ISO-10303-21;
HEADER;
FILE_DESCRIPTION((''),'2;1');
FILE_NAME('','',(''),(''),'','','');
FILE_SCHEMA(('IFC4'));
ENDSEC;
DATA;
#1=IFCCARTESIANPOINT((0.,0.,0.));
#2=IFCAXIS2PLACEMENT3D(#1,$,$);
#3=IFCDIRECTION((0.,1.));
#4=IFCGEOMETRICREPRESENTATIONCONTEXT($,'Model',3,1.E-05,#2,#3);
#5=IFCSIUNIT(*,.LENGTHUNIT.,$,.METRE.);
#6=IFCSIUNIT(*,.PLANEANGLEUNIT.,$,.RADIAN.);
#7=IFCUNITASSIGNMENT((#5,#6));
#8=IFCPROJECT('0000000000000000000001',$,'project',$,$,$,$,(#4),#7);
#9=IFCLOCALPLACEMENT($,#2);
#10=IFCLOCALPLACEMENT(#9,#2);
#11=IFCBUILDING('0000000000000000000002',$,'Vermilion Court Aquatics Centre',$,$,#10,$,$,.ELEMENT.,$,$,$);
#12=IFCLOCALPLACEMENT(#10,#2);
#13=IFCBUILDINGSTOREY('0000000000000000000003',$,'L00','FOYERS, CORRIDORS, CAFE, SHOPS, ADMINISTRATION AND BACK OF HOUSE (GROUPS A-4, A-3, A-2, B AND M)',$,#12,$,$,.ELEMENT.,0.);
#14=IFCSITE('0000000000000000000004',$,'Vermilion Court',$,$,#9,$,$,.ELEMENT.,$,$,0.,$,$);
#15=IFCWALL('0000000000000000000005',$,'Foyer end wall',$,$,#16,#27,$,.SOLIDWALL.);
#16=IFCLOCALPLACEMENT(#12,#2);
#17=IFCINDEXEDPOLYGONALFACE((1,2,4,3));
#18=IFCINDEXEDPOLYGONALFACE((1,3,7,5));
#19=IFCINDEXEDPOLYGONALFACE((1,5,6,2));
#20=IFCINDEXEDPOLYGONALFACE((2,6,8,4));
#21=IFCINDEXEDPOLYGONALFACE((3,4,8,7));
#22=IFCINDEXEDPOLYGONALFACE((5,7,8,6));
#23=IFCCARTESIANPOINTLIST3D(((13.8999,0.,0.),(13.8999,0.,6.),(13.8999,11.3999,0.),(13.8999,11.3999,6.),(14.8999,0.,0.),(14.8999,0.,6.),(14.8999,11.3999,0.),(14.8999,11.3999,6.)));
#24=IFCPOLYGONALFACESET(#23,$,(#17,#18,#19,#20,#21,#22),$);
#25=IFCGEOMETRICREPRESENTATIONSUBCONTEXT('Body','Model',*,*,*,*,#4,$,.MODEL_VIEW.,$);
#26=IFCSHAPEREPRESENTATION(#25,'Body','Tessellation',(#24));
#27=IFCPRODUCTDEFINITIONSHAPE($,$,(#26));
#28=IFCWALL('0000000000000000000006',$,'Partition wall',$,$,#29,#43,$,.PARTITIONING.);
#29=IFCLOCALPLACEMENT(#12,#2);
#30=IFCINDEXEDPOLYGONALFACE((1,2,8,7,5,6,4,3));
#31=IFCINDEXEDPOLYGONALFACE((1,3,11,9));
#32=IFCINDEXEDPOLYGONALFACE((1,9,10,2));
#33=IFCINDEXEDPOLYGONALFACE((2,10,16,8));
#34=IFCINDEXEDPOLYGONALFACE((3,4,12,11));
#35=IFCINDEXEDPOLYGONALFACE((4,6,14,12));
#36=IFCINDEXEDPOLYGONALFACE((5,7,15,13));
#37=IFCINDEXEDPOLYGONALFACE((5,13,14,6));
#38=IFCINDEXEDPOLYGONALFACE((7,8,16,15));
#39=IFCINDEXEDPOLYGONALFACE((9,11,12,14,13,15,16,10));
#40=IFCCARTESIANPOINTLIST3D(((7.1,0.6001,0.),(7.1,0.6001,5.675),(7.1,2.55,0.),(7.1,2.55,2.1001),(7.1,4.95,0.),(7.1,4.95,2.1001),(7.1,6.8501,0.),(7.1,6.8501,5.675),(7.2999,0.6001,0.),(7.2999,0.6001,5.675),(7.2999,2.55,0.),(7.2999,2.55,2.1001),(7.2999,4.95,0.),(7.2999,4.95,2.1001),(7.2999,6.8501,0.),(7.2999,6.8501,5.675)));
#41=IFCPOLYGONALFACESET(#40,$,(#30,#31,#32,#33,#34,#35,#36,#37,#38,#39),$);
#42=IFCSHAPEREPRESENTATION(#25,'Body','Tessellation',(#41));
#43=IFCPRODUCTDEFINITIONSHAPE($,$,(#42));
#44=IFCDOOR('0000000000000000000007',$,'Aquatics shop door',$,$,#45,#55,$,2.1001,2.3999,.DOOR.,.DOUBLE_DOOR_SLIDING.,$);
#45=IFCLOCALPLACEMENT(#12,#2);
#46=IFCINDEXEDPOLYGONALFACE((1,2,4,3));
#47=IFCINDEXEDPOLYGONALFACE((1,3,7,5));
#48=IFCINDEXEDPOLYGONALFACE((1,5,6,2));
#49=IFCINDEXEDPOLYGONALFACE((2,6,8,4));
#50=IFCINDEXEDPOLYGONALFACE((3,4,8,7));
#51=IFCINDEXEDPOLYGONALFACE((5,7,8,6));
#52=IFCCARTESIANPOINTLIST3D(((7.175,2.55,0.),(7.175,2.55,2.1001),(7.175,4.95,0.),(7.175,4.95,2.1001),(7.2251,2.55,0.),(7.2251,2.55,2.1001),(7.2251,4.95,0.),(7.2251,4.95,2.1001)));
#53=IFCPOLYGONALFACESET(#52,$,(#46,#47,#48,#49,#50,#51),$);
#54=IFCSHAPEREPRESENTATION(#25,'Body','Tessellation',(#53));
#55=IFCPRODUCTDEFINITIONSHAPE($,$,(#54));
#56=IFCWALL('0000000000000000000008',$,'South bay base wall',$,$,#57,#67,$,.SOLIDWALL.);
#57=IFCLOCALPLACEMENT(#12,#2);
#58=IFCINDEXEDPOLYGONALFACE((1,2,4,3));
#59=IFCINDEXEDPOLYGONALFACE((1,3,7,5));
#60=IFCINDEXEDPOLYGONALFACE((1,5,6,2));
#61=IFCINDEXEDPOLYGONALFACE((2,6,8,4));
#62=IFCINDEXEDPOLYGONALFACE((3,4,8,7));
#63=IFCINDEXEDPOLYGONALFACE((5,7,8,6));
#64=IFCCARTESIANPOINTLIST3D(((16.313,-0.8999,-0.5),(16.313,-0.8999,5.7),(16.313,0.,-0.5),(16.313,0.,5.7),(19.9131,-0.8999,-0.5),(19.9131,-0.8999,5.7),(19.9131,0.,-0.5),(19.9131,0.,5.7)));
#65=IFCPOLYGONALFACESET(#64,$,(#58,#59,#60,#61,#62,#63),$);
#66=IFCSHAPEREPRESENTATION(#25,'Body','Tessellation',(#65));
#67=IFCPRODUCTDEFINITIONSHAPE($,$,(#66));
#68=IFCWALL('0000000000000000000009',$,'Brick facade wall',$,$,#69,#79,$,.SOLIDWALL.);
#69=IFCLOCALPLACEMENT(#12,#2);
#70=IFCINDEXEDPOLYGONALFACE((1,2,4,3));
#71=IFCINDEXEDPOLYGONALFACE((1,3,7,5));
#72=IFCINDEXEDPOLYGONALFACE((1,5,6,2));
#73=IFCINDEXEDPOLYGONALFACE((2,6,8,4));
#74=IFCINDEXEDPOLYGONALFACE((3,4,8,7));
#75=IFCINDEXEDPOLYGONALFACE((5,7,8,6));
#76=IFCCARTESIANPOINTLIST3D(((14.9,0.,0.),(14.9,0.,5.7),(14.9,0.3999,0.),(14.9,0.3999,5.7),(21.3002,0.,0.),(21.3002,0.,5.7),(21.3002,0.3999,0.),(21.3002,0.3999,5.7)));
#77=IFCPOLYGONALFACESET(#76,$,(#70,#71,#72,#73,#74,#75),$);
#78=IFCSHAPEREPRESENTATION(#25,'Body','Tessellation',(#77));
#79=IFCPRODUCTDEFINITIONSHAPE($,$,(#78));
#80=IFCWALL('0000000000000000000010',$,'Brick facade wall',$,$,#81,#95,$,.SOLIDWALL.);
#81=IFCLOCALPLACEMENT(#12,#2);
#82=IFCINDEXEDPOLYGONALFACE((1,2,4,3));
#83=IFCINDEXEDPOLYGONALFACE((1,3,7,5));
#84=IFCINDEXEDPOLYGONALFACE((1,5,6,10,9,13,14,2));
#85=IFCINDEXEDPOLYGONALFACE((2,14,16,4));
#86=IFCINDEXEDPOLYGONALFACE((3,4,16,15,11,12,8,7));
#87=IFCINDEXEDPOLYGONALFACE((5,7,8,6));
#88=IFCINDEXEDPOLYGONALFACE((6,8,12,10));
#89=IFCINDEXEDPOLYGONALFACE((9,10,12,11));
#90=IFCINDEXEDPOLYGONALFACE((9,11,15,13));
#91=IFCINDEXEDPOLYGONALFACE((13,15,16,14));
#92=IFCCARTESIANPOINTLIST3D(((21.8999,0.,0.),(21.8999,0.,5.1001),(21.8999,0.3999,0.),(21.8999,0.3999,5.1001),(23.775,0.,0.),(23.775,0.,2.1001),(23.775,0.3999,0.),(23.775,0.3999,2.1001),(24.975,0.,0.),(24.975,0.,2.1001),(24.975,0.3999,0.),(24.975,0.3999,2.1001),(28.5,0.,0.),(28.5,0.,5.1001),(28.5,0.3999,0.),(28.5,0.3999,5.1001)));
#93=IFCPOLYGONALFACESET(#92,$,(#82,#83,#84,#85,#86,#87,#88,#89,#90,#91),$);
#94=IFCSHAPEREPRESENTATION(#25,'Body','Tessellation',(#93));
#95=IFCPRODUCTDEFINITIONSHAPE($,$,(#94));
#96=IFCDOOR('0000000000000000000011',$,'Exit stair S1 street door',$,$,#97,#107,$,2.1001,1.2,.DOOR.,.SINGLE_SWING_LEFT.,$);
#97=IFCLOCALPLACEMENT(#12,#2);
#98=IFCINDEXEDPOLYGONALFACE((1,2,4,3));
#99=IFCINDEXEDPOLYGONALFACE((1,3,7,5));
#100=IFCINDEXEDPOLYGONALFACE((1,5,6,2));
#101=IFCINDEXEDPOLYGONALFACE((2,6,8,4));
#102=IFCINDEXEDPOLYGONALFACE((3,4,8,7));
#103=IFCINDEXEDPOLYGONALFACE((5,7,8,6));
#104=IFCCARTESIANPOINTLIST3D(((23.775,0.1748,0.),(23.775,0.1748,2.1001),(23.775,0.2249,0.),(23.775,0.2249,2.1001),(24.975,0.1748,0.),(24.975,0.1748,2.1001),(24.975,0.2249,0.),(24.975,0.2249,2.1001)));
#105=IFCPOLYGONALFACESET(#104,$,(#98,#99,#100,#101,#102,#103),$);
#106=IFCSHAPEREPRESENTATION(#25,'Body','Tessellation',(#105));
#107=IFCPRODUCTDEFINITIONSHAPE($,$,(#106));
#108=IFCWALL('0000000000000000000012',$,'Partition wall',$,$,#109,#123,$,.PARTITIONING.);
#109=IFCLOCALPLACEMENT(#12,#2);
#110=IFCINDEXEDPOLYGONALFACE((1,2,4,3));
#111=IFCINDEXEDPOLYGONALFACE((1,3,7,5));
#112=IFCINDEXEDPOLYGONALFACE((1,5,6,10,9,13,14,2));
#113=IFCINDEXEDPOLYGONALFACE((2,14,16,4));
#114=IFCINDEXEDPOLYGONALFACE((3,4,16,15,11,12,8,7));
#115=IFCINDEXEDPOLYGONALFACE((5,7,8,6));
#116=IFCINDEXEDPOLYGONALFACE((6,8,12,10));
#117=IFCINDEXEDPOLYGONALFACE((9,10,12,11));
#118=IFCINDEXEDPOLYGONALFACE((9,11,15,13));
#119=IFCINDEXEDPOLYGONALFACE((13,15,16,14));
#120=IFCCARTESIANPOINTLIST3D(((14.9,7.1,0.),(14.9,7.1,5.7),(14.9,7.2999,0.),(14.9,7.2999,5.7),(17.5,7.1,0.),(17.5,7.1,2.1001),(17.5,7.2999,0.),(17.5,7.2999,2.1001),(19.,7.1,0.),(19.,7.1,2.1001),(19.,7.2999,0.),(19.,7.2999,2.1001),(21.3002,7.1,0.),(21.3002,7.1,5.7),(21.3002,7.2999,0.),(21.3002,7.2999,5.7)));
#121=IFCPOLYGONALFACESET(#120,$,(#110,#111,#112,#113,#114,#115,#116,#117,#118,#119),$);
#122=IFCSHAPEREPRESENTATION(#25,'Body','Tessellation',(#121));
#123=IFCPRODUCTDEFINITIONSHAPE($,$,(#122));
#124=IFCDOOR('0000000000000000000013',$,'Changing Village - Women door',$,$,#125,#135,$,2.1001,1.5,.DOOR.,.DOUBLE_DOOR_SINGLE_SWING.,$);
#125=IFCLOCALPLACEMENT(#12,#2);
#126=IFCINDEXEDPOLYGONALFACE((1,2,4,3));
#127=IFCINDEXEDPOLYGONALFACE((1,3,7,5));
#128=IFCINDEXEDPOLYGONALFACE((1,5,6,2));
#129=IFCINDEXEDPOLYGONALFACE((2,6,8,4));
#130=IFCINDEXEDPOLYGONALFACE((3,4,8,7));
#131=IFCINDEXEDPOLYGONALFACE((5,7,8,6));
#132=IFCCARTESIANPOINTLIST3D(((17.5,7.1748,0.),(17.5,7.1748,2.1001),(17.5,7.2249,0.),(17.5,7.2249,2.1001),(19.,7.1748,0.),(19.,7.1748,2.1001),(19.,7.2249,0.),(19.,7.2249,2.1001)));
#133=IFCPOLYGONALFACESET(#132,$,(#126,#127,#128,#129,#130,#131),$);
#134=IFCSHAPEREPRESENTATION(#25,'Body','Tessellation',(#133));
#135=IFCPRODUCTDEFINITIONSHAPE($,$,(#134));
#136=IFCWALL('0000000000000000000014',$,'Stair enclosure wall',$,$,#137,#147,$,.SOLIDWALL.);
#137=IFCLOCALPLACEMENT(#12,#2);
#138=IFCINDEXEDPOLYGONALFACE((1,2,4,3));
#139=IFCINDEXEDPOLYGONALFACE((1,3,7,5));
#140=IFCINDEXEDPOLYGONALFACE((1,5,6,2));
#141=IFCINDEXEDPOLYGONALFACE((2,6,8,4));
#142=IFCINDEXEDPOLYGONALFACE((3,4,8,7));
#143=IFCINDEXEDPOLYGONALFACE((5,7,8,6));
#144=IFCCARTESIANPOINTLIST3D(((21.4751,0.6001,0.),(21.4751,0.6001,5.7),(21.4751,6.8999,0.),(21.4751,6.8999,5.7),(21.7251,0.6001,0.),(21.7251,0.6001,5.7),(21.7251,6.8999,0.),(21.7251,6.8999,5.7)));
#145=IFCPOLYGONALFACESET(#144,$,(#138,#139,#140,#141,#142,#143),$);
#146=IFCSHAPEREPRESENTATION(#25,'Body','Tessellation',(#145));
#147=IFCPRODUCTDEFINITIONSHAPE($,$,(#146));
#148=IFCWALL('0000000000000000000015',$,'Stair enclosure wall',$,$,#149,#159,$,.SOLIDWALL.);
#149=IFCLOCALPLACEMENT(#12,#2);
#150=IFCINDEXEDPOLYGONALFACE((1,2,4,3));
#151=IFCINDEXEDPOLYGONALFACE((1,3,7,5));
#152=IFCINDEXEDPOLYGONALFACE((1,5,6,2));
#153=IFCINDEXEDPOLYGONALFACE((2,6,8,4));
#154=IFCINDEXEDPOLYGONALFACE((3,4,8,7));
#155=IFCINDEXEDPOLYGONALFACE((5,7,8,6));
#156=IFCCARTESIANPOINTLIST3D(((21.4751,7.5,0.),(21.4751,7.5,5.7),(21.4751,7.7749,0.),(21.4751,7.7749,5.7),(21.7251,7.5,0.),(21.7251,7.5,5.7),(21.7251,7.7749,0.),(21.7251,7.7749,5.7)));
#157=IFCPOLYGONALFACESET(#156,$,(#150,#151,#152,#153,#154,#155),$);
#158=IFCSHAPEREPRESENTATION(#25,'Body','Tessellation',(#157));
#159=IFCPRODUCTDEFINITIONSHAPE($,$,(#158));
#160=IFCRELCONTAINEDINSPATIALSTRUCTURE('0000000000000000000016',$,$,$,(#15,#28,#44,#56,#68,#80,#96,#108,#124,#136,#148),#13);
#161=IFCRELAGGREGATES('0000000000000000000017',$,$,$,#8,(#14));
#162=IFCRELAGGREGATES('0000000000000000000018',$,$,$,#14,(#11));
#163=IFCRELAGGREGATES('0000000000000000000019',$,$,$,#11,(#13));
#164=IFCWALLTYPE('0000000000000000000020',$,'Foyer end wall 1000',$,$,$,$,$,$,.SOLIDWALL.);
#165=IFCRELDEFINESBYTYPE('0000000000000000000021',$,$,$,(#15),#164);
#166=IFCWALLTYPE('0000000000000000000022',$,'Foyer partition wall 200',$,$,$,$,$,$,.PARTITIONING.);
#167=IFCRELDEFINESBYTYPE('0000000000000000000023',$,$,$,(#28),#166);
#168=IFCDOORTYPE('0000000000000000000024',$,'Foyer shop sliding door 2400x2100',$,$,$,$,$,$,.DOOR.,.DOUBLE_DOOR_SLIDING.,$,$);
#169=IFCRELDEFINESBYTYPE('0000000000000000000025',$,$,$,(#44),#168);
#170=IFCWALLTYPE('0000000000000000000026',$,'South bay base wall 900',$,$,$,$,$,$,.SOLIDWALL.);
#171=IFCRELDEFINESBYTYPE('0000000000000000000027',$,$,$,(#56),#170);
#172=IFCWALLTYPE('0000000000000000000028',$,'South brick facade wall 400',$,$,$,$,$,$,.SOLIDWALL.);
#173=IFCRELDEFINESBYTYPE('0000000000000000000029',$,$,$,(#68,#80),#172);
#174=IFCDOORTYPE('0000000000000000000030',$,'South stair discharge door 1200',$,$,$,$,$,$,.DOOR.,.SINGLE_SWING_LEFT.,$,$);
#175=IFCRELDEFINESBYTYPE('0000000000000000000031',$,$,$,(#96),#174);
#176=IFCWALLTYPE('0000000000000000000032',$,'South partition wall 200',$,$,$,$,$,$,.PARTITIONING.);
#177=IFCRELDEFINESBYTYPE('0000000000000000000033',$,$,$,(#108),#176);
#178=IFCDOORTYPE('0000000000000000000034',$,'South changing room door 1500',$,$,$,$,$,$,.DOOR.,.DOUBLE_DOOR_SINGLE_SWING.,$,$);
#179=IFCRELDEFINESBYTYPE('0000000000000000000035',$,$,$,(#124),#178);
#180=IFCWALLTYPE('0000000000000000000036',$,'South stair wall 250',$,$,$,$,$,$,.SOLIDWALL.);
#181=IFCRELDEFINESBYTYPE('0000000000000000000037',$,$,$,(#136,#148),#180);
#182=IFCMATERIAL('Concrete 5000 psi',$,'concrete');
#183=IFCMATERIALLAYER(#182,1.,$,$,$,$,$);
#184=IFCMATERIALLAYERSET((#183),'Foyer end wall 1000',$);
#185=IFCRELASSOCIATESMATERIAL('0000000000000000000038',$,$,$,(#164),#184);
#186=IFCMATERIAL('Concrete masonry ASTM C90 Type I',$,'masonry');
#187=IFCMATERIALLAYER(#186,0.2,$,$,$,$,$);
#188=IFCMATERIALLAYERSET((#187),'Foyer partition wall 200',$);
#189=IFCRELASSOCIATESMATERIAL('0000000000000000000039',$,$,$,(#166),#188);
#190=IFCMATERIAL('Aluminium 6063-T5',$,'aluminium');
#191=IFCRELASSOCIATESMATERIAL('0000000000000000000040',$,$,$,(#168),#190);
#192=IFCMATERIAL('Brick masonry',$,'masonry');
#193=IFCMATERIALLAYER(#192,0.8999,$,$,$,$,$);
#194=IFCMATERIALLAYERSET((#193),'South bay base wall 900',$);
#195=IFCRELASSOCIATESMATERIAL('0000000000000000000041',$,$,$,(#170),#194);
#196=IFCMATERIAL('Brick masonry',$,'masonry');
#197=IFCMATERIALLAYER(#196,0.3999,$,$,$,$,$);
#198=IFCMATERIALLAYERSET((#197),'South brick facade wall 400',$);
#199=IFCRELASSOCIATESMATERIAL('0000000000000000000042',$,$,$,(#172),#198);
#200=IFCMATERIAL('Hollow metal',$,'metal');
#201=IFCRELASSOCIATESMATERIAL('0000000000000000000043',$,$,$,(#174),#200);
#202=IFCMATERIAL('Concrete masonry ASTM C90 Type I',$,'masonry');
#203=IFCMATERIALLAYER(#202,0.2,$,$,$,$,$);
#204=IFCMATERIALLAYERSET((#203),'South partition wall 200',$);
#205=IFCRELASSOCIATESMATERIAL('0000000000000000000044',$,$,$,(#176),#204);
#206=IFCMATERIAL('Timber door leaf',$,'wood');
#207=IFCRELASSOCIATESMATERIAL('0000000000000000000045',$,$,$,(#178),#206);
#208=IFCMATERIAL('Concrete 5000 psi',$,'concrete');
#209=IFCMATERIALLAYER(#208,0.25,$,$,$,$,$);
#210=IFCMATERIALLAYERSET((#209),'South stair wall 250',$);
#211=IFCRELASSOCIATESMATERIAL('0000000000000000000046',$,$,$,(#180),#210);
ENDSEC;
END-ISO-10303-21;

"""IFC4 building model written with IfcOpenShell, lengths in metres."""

from ifc_helpers import new_model, si_unit, direction, frame, frame_2d, origin, place, context, subcontext, project, spatial, rectangle, extrude, material, layer, layer_set, type_object, element, fill, save


model = new_model("IFC4")

# Units and contexts
model_context = context("Model", 3, precision=1e-05, world=origin(), true_north=direction((0.0, 1.0)))
body_context = subcontext(model_context, "Body", "Model", "MODEL_VIEW")
ifc_project = project(units=[si_unit("LENGTHUNIT", "METRE"), si_unit("PLANEANGLEUNIT", "RADIAN")], contexts=[model_context])

# Site, building, storey
site_placement = place(None, origin())
site = spatial("IfcSite", under=ifc_project, at=site_placement, Name="Vermilion Court", CompositionType="ELEMENT", RefElevation=0.0)
building_placement = place(site_placement, origin())
building = spatial("IfcBuilding", under=site, at=building_placement, Name="Vermilion Court Aquatics Centre", CompositionType="ELEMENT")
storey_placement = place(building_placement, origin())
storey = spatial("IfcBuildingStorey", under=building, at=storey_placement, Name="L00", Description="FOYERS, CORRIDORS, CAFE, SHOPS, ADMINISTRATION AND BACK OF HOUSE (GROUPS A-4, A-3, A-2, B AND M)", CompositionType="ELEMENT", Elevation=0.0)

# Wall
ifc_material_1 = material(Name="Concrete 5000 psi", Category="concrete")
ifc_layer_1 = layer(ifc_material_1, 1.0)
ifc_layer_set_1 = layer_set([ifc_layer_1], Name="Foyer end wall 1000")
wall_type_1 = type_object("IfcWallType", Name="Foyer end wall 1000", PredefinedType="SOLIDWALL", material=ifc_layer_set_1)
wall_1_placement = place(storey_placement, frame((14.3999, 0.0, 0.0), z_axis=(0.0, 0.0, 1.0), x_axis=(0.0, 1.0, 0.0)))
element("IfcWall", 1, at=wall_1_placement, inside=storey, type_object=wall_type_1, Name="Foyer end wall", PredefinedType="SOLIDWALL", context=body_context, shape_type="SweptSolid", body=[
    extrude(rectangle(XDim=11.3999, YDim=1.0, at=frame_2d((5.7, 0.0))), origin(), (0.0, 0.0, 1.0), 6.0),
])

# Wall, opening, door
ifc_material_2 = material(Name="Concrete masonry ASTM C90 Type I", Category="masonry")
ifc_layer_2 = layer(ifc_material_2, 0.2)
ifc_layer_set_2 = layer_set([ifc_layer_2], Name="Foyer partition wall 200")
wall_type_2 = type_object("IfcWallType", Name="Foyer partition wall 200", PredefinedType="PARTITIONING", material=ifc_layer_set_2)
wall_2_placement = place(storey_placement, frame((7.2, 0.6001, 0.0), z_axis=(0.0, 0.0, 1.0), x_axis=(0.0, 1.0, 0.0)))
wall_2 = element("IfcWall", 2, at=wall_2_placement, inside=storey, type_object=wall_type_2, Name="Partition wall", PredefinedType="PARTITIONING", context=body_context, shape_type="SweptSolid", body=[
    extrude(rectangle(XDim=6.25, YDim=0.2, at=frame_2d((3.125, 0.0))), origin(), (0.0, 0.0, 1.0), 5.675),
])
opening_1_placement = place(wall_2_placement, frame((1.95, 0.0, 0.0)))
opening_1 = element("IfcOpeningElement", 3, at=opening_1_placement, cuts=wall_2, PredefinedType="OPENING", context=body_context, shape_type="SweptSolid", body=[
    extrude(rectangle(XDim=2.3999, YDim=2.1001, at=frame_2d((1.2, 1.05))), frame((0.0, 0.1099, 0.0), z_axis=(0.0, -1.0, 0.0), x_axis=(1.0, 0.0, 0.0)), (0.0, 0.0, 1.0), 0.22),
])
ifc_material_3 = material(Name="Aluminium 6063-T5", Category="aluminium")
door_type_1 = type_object("IfcDoorType", Name="Foyer shop sliding door 2400x2100", OperationType="DOUBLE_DOOR_SLIDING", PredefinedType="DOOR", material=ifc_material_3)
door_1_placement = place(opening_1_placement, origin())
door_1 = element("IfcDoor", 4, at=door_1_placement, inside=storey, type_object=door_type_1, Name="Aquatics shop door", OperationType="DOUBLE_DOOR_SLIDING", OverallHeight=2.1001, OverallWidth=2.3999, PredefinedType="DOOR", context=body_context, shape_type="SweptSolid", body=[
    extrude(rectangle(XDim=2.3999, YDim=2.1001, at=frame_2d((1.2, 1.05))), frame((0.0, 0.0249, 0.0), z_axis=(0.0, -1.0, 0.0), x_axis=(1.0, 0.0, 0.0)), (0.0, 0.0, 1.0), 0.05),
])
fill(opening_1, door_1)

# Walls
ifc_material_4 = material(Name="Brick masonry", Category="masonry")
ifc_layer_3 = layer(ifc_material_4, 0.8999)
ifc_layer_set_3 = layer_set([ifc_layer_3], Name="South bay base wall 900")
wall_type_3 = type_object("IfcWallType", Name="South bay base wall 900", PredefinedType="SOLIDWALL", material=ifc_layer_set_3)
wall_3_placement = place(storey_placement, frame((16.313, -0.45, -0.5), z_axis=(0.0, 0.0, 1.0), x_axis=(1.0, 0.0, 0.0)))
element("IfcWall", 5, at=wall_3_placement, inside=storey, type_object=wall_type_3, Name="South bay base wall", PredefinedType="SOLIDWALL", context=body_context, shape_type="SweptSolid", body=[
    extrude(rectangle(XDim=3.6001, YDim=0.8999, at=frame_2d((1.8, 0.0))), origin(), (0.0, 0.0, 1.0), 6.2),
])
ifc_material_5 = material(Name="Brick masonry", Category="masonry")
ifc_layer_4 = layer(ifc_material_5, 0.3999)
ifc_layer_set_4 = layer_set([ifc_layer_4], Name="South brick facade wall 400")
wall_type_4 = type_object("IfcWallType", Name="South brick facade wall 400", PredefinedType="SOLIDWALL", material=ifc_layer_set_4)
wall_4_placement = place(storey_placement, frame((14.8999, 0.2, 0.0), z_axis=(0.0, 0.0, 1.0), x_axis=(1.0, 0.0, 0.0)))
element("IfcWall", 6, at=wall_4_placement, inside=storey, type_object=wall_type_4, Name="Brick facade wall", PredefinedType="SOLIDWALL", context=body_context, shape_type="SweptSolid", body=[
    extrude(rectangle(XDim=6.4001, YDim=0.3999, at=frame_2d((3.2002, 0.0))), origin(), (0.0, 0.0, 1.0), 5.7),
])

# Walls, openings, doors
wall_5_placement = place(storey_placement, frame((21.8999, 0.2, 0.0), z_axis=(0.0, 0.0, 1.0), x_axis=(1.0, 0.0, 0.0)))
wall_5 = element("IfcWall", 7, at=wall_5_placement, inside=storey, type_object=wall_type_4, Name="Brick facade wall", PredefinedType="SOLIDWALL", context=body_context, shape_type="SweptSolid", body=[
    extrude(rectangle(XDim=6.6001, YDim=0.3999, at=frame_2d((3.3, 0.0))), origin(), (0.0, 0.0, 1.0), 5.1001),
])
opening_2_placement = place(wall_5_placement, frame((1.875, 0.0, 0.0)))
opening_2 = element("IfcOpeningElement", 8, at=opening_2_placement, cuts=wall_5, PredefinedType="OPENING", context=body_context, shape_type="SweptSolid", body=[
    extrude(rectangle(XDim=1.2, YDim=2.1001, at=frame_2d((0.6001, 1.05))), frame((0.0, 0.21, 0.0), z_axis=(0.0, -1.0, 0.0), x_axis=(1.0, 0.0, 0.0)), (0.0, 0.0, 1.0), 0.4199),
])
ifc_material_6 = material(Name="Hollow metal", Category="metal")
door_type_2 = type_object("IfcDoorType", Name="South stair discharge door 1200", OperationType="SINGLE_SWING_LEFT", PredefinedType="DOOR", material=ifc_material_6)
door_2_placement = place(opening_2_placement, frame((1.2, 0.0, 0.0), z_axis=(0.0, 0.0, 1.0), x_axis=(-1.0, 0.0, 0.0)))
door_2 = element("IfcDoor", 9, at=door_2_placement, inside=storey, type_object=door_type_2, Name="Exit stair S1 street door", OperationType="SINGLE_SWING_LEFT", OverallHeight=2.1001, OverallWidth=1.2, PredefinedType="DOOR", context=body_context, shape_type="SweptSolid", body=[
    extrude(rectangle(XDim=1.2, YDim=2.1001, at=frame_2d((0.5999, 1.05))), frame((0.0, 0.0251, 0.0), z_axis=(0.0, -1.0, 0.0), x_axis=(1.0, 0.0, 0.0)), (0.0, 0.0, 1.0), 0.05),
])
fill(opening_2, door_2)
ifc_material_7 = material(Name="Concrete masonry ASTM C90 Type I", Category="masonry")
ifc_layer_5 = layer(ifc_material_7, 0.2)
ifc_layer_set_5 = layer_set([ifc_layer_5], Name="South partition wall 200")
wall_type_5 = type_object("IfcWallType", Name="South partition wall 200", PredefinedType="PARTITIONING", material=ifc_layer_set_5)
wall_6_placement = place(storey_placement, frame((14.8999, 7.2, 0.0), z_axis=(0.0, 0.0, 1.0), x_axis=(1.0, 0.0, 0.0)))
wall_6 = element("IfcWall", 10, at=wall_6_placement, inside=storey, type_object=wall_type_5, Name="Partition wall", PredefinedType="PARTITIONING", context=body_context, shape_type="SweptSolid", body=[
    extrude(rectangle(XDim=6.4001, YDim=0.2, at=frame_2d((3.2002, 0.0))), origin(), (0.0, 0.0, 1.0), 5.7),
])
opening_3_placement = place(wall_6_placement, frame((2.6001, 0.0, 0.0)))
opening_3 = element("IfcOpeningElement", 11, at=opening_3_placement, cuts=wall_6, PredefinedType="OPENING", context=body_context, shape_type="SweptSolid", body=[
    extrude(rectangle(XDim=1.5, YDim=2.1001, at=frame_2d((0.75, 1.05))), frame((0.0, 0.1099, 0.0), z_axis=(0.0, -1.0, 0.0), x_axis=(1.0, 0.0, 0.0)), (0.0, 0.0, 1.0), 0.22),
])
ifc_material_8 = material(Name="Timber door leaf", Category="wood")
door_type_3 = type_object("IfcDoorType", Name="South changing room door 1500", OperationType="DOUBLE_DOOR_SINGLE_SWING", PredefinedType="DOOR", material=ifc_material_8)
door_3_placement = place(opening_3_placement, frame((1.5, 0.0, 0.0), z_axis=(0.0, 0.0, 1.0), x_axis=(-1.0, 0.0, 0.0)))
door_3 = element("IfcDoor", 12, at=door_3_placement, inside=storey, type_object=door_type_3, Name="Changing Village - Women door", OperationType="DOUBLE_DOOR_SINGLE_SWING", OverallHeight=2.1001, OverallWidth=1.5, PredefinedType="DOOR", context=body_context, shape_type="SweptSolid", body=[
    extrude(rectangle(XDim=1.5, YDim=2.1001, at=frame_2d((0.75, 1.05))), frame((0.0, 0.0251, 0.0), z_axis=(0.0, -1.0, 0.0), x_axis=(1.0, 0.0, 0.0)), (0.0, 0.0, 1.0), 0.05),
])
fill(opening_3, door_3)

# Walls
ifc_material_9 = material(Name="Concrete 5000 psi", Category="concrete")
ifc_layer_6 = layer(ifc_material_9, 0.25)
ifc_layer_set_6 = layer_set([ifc_layer_6], Name="South stair wall 250")
wall_type_6 = type_object("IfcWallType", Name="South stair wall 250", PredefinedType="SOLIDWALL", material=ifc_layer_set_6)
wall_7_placement = place(storey_placement, frame((21.6001, 0.6001, 0.0), z_axis=(0.0, 0.0, 1.0), x_axis=(0.0, 1.0, 0.0)))
element("IfcWall", 13, at=wall_7_placement, inside=storey, type_object=wall_type_6, Name="Stair enclosure wall", PredefinedType="SOLIDWALL", context=body_context, shape_type="SweptSolid", body=[
    extrude(rectangle(XDim=6.2998, YDim=0.25, at=frame_2d((3.1499, 0.0))), origin(), (0.0, 0.0, 1.0), 5.7),
])
wall_8_placement = place(storey_placement, frame((21.6001, 7.5, 0.0), z_axis=(0.0, 0.0, 1.0), x_axis=(0.0, 1.0, 0.0)))
element("IfcWall", 14, at=wall_8_placement, inside=storey, type_object=wall_type_6, Name="Stair enclosure wall", PredefinedType="SOLIDWALL", context=body_context, shape_type="SweptSolid", body=[
    extrude(rectangle(XDim=0.2749, YDim=0.25, at=frame_2d((0.1375, 0.0))), origin(), (0.0, 0.0, 1.0), 5.7),
])

save(model, "model.ifc")
